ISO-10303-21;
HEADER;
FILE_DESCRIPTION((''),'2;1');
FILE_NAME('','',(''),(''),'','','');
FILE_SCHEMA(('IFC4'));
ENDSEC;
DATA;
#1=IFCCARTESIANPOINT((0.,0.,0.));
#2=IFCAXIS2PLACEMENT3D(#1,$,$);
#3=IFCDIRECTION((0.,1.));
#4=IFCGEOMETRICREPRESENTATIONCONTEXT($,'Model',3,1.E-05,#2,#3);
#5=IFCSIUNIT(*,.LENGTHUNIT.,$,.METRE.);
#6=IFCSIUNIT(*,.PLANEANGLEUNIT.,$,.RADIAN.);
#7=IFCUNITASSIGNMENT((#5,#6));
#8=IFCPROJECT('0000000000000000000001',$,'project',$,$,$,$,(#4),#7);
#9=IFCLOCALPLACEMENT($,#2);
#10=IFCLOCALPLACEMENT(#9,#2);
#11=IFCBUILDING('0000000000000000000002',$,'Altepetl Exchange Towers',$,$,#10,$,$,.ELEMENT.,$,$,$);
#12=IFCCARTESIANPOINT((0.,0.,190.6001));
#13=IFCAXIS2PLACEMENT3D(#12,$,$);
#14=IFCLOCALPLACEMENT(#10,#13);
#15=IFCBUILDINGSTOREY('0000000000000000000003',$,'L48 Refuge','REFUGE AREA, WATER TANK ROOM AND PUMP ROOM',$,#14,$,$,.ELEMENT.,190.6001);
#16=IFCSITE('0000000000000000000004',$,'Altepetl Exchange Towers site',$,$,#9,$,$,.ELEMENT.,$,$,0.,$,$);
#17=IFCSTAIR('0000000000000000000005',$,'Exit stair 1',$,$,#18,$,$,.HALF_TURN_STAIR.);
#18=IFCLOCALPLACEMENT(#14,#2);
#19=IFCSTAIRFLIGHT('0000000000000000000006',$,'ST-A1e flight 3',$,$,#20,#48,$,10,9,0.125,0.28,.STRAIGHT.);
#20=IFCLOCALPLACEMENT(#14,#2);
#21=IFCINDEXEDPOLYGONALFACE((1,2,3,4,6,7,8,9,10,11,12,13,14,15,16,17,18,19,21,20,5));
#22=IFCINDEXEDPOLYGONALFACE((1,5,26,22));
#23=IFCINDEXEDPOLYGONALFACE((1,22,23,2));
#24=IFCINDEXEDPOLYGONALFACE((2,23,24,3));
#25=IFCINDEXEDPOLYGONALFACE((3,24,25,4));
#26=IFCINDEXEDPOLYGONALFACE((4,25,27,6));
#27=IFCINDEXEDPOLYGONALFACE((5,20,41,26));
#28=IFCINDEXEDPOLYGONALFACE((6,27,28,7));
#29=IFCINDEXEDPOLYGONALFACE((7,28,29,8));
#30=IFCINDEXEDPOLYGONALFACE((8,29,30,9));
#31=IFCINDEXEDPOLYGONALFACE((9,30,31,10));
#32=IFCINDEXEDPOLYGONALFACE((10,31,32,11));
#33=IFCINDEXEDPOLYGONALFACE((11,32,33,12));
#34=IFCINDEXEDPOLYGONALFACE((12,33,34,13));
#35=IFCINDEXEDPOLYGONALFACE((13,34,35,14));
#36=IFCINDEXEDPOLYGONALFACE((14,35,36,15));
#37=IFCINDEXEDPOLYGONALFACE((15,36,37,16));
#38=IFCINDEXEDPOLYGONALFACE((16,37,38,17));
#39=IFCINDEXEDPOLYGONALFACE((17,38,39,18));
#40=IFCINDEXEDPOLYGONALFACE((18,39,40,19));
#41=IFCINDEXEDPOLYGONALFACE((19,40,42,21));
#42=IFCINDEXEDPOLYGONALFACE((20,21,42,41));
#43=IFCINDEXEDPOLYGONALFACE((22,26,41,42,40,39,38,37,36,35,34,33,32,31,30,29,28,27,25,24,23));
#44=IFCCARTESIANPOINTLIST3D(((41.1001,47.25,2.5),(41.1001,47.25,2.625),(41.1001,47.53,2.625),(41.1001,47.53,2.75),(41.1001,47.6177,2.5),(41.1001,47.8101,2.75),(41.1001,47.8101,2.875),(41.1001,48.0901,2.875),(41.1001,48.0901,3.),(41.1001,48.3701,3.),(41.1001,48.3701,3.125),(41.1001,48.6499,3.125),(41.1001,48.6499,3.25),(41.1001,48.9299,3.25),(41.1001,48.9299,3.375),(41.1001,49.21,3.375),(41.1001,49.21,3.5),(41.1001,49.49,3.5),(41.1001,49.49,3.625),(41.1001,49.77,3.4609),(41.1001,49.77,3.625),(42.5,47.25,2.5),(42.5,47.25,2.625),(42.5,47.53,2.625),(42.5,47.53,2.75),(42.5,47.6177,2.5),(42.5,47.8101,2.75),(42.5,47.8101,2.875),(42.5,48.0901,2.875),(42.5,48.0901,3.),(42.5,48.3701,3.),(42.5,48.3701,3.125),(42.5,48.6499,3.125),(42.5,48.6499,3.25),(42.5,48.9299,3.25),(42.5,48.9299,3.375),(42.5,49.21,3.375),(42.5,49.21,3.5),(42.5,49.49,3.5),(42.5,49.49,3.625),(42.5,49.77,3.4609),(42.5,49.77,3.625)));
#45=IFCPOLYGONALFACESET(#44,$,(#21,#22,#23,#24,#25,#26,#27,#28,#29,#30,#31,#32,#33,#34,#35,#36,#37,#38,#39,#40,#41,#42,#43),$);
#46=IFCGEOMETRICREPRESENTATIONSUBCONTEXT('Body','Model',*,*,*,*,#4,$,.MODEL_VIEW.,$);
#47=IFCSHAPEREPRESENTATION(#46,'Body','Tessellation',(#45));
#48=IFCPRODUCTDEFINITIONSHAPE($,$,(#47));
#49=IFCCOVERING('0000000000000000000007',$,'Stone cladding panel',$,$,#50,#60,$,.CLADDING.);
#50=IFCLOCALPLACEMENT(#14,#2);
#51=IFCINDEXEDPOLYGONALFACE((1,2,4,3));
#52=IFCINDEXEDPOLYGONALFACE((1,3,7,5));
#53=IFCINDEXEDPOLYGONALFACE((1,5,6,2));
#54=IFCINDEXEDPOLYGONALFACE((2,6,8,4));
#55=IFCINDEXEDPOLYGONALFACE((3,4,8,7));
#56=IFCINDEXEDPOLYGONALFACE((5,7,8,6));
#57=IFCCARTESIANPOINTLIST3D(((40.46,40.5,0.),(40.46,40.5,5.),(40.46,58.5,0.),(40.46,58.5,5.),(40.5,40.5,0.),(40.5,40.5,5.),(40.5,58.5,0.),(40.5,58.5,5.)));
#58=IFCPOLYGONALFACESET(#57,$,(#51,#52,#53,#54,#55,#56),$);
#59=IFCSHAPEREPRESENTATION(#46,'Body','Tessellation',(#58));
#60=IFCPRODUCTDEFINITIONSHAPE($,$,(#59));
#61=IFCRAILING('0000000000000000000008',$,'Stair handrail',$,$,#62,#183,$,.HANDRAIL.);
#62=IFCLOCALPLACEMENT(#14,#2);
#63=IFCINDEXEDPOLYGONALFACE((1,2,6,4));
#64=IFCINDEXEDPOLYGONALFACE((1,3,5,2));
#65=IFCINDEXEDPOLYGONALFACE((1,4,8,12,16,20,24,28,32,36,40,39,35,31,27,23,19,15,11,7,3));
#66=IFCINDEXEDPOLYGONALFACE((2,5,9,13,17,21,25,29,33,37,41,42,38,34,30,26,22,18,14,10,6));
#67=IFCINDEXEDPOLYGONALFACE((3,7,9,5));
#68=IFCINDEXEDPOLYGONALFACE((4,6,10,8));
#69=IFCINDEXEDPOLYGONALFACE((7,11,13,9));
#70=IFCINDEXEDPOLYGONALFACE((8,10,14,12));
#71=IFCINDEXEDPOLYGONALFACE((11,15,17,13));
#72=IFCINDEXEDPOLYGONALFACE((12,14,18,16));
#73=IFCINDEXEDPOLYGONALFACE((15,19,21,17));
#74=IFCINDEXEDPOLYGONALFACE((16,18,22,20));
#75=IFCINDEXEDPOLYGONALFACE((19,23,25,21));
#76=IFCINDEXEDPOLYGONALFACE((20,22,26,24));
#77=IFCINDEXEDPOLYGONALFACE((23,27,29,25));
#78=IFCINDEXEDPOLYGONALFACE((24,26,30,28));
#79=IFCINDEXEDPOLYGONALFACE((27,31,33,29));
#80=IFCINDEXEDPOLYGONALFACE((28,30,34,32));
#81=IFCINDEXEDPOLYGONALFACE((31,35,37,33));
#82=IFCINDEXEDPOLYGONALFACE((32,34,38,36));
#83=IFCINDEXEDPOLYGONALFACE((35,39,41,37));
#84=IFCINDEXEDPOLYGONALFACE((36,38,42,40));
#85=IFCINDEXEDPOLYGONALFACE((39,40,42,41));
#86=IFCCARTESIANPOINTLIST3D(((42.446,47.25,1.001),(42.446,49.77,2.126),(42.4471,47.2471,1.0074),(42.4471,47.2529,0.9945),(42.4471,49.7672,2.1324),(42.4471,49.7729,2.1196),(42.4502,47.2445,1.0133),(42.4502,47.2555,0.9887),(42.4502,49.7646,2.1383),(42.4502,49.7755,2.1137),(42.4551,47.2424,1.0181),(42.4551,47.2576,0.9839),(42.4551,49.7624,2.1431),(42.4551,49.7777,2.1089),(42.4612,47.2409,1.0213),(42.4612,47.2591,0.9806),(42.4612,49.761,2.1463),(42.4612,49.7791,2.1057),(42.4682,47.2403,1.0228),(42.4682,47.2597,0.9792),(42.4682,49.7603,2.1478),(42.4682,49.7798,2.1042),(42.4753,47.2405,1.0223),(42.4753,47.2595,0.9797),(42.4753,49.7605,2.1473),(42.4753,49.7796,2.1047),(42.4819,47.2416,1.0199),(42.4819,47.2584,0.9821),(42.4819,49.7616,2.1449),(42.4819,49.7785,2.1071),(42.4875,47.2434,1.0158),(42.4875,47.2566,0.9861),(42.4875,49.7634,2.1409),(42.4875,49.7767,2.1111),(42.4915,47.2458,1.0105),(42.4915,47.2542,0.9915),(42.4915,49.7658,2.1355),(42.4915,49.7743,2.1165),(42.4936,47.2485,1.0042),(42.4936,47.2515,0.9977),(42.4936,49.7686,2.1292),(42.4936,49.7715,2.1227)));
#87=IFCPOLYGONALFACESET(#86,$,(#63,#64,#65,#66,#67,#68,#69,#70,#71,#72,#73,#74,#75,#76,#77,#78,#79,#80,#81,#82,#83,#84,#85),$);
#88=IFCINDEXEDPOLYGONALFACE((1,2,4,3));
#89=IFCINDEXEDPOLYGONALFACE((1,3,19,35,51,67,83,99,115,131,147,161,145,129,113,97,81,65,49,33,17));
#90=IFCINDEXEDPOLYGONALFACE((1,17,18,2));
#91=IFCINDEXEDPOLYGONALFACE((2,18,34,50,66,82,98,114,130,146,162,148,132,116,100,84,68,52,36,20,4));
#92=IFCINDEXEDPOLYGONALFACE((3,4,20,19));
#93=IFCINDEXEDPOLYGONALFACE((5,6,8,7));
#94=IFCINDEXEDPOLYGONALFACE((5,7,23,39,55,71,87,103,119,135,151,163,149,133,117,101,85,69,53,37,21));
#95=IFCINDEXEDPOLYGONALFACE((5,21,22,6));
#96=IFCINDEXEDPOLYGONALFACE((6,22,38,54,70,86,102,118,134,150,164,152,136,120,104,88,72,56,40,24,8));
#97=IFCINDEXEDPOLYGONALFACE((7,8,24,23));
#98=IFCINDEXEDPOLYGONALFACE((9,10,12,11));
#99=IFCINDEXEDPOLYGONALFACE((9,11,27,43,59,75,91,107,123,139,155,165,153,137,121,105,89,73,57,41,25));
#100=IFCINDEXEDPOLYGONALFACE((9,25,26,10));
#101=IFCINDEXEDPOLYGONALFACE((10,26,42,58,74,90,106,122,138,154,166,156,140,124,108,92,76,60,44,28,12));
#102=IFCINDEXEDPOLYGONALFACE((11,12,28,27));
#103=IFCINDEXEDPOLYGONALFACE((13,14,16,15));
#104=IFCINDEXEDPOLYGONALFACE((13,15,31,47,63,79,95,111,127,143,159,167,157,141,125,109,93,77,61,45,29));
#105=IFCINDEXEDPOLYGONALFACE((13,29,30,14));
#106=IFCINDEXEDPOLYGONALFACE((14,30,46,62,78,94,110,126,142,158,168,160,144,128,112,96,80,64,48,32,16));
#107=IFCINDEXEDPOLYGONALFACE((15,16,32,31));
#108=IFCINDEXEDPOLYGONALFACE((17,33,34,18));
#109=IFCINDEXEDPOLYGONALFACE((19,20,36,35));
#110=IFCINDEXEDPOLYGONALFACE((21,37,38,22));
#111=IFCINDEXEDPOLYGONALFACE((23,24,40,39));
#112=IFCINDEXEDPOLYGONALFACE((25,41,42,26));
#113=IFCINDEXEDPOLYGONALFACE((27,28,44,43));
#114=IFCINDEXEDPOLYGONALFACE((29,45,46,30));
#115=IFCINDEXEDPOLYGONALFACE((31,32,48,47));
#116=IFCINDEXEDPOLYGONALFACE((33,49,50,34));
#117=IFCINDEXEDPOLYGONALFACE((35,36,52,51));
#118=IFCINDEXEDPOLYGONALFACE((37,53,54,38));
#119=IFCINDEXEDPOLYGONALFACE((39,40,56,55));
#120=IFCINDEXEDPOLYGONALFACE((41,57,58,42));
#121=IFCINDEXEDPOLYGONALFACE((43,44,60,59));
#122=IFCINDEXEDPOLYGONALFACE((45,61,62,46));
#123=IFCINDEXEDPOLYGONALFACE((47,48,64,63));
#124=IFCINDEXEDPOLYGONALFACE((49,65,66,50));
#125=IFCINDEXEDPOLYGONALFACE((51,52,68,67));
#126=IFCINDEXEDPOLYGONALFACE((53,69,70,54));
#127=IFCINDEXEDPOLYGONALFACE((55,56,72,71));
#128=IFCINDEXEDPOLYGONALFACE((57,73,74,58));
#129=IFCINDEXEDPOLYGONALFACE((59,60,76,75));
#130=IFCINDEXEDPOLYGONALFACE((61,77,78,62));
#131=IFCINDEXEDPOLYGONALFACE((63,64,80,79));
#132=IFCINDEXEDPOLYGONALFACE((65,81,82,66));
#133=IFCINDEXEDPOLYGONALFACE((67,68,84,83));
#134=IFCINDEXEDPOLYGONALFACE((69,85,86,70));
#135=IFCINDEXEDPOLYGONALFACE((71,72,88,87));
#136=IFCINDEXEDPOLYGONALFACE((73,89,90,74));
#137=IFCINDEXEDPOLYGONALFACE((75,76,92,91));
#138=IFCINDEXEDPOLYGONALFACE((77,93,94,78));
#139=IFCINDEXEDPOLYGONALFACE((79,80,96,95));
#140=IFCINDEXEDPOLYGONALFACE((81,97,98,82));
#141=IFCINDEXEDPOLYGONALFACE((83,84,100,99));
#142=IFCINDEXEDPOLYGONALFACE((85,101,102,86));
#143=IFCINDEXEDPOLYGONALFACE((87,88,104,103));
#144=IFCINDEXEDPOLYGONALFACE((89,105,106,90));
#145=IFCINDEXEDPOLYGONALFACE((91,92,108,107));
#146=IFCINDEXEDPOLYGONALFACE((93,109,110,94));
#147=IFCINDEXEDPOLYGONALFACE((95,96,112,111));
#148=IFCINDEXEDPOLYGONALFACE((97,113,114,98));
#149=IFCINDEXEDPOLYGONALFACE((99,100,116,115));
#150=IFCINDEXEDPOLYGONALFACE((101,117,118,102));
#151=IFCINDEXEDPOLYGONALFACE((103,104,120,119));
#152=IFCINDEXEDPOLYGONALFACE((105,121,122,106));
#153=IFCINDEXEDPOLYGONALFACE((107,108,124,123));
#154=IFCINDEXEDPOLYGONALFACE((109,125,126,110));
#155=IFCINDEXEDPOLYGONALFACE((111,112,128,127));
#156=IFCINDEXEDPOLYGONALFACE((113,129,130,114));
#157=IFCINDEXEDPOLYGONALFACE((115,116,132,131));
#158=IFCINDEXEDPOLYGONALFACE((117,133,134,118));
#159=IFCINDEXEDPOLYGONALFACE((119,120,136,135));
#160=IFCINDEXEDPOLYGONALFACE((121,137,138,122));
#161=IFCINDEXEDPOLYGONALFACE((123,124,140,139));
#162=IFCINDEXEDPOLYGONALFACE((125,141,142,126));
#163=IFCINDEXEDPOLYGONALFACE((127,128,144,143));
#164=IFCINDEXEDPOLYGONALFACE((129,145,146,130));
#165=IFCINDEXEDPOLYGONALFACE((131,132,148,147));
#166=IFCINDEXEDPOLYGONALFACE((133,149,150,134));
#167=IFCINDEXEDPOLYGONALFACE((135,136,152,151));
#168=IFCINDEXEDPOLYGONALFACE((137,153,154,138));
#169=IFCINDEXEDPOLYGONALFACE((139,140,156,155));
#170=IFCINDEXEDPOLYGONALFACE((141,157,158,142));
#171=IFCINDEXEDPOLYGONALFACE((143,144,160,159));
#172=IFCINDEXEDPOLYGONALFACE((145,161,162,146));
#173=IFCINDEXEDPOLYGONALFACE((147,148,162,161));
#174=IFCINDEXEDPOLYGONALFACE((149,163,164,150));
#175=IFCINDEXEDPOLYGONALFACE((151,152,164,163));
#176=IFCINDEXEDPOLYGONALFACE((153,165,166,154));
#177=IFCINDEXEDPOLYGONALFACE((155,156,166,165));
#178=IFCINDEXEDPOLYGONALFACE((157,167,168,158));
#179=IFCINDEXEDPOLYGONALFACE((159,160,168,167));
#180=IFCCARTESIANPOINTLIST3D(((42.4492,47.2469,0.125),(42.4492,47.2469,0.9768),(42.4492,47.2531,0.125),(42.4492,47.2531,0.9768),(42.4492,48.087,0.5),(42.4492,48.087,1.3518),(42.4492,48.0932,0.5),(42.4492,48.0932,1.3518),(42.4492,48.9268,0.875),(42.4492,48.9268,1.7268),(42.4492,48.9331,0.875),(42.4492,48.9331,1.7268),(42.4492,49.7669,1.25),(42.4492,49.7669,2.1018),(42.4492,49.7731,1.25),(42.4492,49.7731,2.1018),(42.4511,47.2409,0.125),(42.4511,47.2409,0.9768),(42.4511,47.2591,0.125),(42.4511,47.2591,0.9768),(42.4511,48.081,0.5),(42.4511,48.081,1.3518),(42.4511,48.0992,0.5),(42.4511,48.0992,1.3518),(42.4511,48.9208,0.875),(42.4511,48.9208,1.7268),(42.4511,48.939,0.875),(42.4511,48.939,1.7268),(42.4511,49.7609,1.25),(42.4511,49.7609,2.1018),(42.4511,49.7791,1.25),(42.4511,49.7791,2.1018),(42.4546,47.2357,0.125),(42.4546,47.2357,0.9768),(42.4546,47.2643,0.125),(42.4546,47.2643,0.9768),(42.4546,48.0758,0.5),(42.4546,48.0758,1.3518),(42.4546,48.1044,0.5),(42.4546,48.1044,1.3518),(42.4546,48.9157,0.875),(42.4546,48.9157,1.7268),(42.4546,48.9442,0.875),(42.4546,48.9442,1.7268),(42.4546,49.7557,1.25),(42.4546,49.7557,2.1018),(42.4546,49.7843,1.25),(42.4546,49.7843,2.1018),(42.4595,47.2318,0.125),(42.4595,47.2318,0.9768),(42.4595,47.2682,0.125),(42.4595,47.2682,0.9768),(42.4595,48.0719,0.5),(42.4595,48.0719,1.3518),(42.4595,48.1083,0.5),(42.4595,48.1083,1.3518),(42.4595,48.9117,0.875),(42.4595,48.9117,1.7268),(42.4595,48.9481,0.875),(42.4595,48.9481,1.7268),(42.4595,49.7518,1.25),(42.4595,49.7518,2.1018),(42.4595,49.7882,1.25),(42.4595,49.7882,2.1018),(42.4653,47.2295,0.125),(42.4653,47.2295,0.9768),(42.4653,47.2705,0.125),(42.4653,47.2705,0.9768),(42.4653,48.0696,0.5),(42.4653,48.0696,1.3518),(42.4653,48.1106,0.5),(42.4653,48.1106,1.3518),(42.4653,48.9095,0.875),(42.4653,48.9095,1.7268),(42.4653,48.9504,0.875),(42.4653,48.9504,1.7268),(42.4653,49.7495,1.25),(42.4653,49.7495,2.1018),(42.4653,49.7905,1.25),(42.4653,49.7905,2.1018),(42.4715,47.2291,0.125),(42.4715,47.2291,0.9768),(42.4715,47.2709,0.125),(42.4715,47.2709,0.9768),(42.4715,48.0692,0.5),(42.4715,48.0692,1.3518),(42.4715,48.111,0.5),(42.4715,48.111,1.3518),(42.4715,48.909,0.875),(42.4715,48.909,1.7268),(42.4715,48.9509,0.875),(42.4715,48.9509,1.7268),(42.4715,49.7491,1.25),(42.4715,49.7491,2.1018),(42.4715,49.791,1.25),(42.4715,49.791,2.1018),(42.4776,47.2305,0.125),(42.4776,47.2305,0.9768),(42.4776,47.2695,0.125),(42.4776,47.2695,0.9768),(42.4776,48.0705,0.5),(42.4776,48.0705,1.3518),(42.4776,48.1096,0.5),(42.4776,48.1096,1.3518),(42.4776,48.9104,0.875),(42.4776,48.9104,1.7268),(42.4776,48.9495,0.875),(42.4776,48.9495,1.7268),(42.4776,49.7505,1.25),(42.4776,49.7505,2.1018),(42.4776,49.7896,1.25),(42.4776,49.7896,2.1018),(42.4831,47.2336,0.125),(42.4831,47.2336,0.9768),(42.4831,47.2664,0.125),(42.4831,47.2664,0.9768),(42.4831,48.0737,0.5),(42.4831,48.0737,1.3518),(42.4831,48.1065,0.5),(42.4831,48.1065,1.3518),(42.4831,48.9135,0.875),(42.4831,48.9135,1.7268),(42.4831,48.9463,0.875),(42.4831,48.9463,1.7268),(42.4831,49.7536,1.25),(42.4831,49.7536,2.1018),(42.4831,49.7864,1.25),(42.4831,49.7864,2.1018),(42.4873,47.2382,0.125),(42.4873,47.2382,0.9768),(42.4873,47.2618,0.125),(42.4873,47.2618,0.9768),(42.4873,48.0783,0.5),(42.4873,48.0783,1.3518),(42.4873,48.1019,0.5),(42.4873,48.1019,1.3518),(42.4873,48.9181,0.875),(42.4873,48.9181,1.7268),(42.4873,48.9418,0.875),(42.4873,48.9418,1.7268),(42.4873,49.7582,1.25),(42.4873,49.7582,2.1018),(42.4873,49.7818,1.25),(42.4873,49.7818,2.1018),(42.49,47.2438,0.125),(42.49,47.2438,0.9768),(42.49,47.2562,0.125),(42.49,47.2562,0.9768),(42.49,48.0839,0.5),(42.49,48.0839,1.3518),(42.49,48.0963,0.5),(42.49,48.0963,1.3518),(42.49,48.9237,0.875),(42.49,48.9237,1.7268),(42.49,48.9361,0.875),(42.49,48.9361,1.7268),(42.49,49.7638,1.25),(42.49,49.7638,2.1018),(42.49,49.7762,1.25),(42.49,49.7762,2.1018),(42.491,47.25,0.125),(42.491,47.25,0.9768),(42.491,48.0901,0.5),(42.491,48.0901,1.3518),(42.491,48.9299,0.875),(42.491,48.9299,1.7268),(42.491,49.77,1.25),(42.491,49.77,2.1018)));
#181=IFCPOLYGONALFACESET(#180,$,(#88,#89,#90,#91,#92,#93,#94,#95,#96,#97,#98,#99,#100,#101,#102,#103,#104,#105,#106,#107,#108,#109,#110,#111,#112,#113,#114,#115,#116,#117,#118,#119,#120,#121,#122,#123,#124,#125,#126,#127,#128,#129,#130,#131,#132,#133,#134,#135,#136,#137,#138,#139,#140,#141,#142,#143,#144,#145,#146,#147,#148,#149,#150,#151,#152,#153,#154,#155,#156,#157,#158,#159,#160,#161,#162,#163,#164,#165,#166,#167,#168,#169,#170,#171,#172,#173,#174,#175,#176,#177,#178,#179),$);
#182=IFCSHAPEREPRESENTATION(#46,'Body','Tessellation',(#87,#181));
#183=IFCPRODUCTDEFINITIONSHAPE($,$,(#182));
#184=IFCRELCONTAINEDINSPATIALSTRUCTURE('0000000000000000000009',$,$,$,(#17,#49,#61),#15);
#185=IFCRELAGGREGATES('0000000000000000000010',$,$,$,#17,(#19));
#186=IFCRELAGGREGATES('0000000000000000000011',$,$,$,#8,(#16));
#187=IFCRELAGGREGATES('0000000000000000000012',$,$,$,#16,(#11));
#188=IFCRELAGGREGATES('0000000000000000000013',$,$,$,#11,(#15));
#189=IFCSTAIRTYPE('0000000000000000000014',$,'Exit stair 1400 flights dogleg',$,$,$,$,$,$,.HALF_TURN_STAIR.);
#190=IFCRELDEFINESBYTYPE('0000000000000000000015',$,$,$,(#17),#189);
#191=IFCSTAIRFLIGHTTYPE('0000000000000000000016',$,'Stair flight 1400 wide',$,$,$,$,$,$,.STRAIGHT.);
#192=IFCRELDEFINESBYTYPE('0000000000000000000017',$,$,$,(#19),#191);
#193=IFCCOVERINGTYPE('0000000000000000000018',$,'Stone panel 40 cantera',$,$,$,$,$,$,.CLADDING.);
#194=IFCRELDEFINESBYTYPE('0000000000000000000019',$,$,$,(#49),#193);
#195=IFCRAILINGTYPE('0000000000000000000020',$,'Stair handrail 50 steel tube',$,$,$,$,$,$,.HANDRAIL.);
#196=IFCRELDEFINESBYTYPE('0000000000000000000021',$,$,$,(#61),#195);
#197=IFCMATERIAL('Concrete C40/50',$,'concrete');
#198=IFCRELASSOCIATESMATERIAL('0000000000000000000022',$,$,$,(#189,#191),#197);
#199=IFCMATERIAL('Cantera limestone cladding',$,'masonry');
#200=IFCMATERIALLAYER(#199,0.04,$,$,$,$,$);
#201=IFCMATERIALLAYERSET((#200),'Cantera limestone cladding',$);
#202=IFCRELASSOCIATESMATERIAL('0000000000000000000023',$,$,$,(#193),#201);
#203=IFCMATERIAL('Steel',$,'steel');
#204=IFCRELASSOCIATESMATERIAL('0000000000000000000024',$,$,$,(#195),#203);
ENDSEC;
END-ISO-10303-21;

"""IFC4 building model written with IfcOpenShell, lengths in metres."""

from ifc_helpers import new_model, si_unit, direction, frame, origin, origin_2d, place, context, subcontext, project, spatial, polyline, rectangle, circle, outline, extrude, source, transform, mapped, material, layer, layer_set, type_object, element, aggregate, save


model = new_model("IFC4")

# Units and contexts
model_context = context("Model", 3, precision=1e-05, world=origin(), true_north=direction((0.0, 1.0)))
body_context = subcontext(model_context, "Body", "Model", "MODEL_VIEW")
ifc_project = project(units=[si_unit("LENGTHUNIT", "METRE"), si_unit("PLANEANGLEUNIT", "RADIAN")], contexts=[model_context])

# Site, building, storey
site_placement = place(None, origin())
site = spatial("IfcSite", under=ifc_project, at=site_placement, Name="Altepetl Exchange Towers site", CompositionType="ELEMENT", RefElevation=0.0)
building_placement = place(site_placement, origin())
building = spatial("IfcBuilding", under=site, at=building_placement, Name="Altepetl Exchange Towers", CompositionType="ELEMENT")
storey_placement = place(building_placement, frame((0.0, 0.0, 190.6001)))
storey = spatial("IfcBuildingStorey", under=building, at=storey_placement, Name="L48 Refuge", Description="REFUGE AREA, WATER TANK ROOM AND PUMP ROOM", CompositionType="ELEMENT", Elevation=190.6001)

# Shared definitions
ifc_material_1 = material(Name="Concrete C40/50", Category="concrete")

# Stair, stair flight
stair_type = type_object("IfcStairType", Name="Exit stair 1400 flights dogleg", PredefinedType="HALF_TURN_STAIR", material=ifc_material_1)
stair_placement = place(storey_placement, origin())
stair = element("IfcStair", 1, at=stair_placement, inside=storey, type_object=stair_type, Name="Exit stair 1", PredefinedType="HALF_TURN_STAIR")
stair_flight_type = type_object("IfcStairFlightType", Name="Stair flight 1400 wide", PredefinedType="STRAIGHT", material=ifc_material_1)
stair_flight_1_placement = place(storey_placement, frame((41.8, 47.25, 2.5), z_axis=(0.0, 0.0, 1.0), x_axis=(0.0, 1.0, 0.0)))
stair_flight_1 = element("IfcStairFlight", 2, at=stair_flight_1_placement, type_object=stair_flight_type, Name="ST-A1e flight 3", NumberOfRisers=10, NumberOfTreads=9, PredefinedType="STRAIGHT", RiserHeight=0.125, TreadLength=0.28, context=body_context, shape_type="SweptSolid", body=[
    extrude(outline(polyline([(0.0, 0.0), (0.0, 0.125), (0.28, 0.125), (0.28, 0.25), (0.5601, 0.25), (0.5601, 0.375), (0.8401, 0.375), (0.8401, 0.5), (1.1201, 0.5), (1.1201, 0.625), (1.3999, 0.625), (1.3999, 0.75), (1.6799, 0.75), (1.6799, 0.875), (1.96, 0.875), (1.96, 1.0), (2.24, 1.0), (2.24, 1.125), (2.52, 1.125), (2.52, 1.25), (2.52, 0.9609), (0.3677, 0.0), (0.0, 0.0)])), frame((0.0, 0.7, 0.0), z_axis=(0.0, -1.0, 0.0), x_axis=(1.0, 0.0, 0.0)), (0.0, 0.0, 1.0), 1.3999),
])
aggregate(stair, [stair_flight_1])

# Covering
ifc_material_2 = material(Name="Cantera limestone cladding", Category="masonry")
ifc_layer_1 = layer(ifc_material_2, 0.04)
ifc_layer_set_1 = layer_set([ifc_layer_1], Name="Cantera limestone cladding")
covering_type = type_object("IfcCoveringType", Name="Stone panel 40 cantera", PredefinedType="CLADDING", material=ifc_layer_set_1)
covering_placement = place(storey_placement, frame((40.48, 49.5, 0.0), z_axis=(0.0, 0.0, 1.0), x_axis=(0.0, -1.0, 0.0)))
element("IfcCovering", 3, at=covering_placement, inside=storey, type_object=covering_type, Name="Stone cladding panel", PredefinedType="CLADDING", context=body_context, shape_type="SweptSolid", body=[
    extrude(rectangle(XDim=18.0, YDim=0.04, at=origin_2d()), origin(), (0.0, 0.0, 1.0), 5.0),
])

# Railing
ifc_material_3 = material(Name="Steel", Category="steel")
railing_type = type_object("IfcRailingType", Name="Stair handrail 50 steel tube", PredefinedType="HANDRAIL", material=ifc_material_3)
shared_shape = source(origin(), body_context, "Body", "SweptSolid", [
    extrude(circle(Radius=0.021, at=origin_2d()), origin(), (0.0, 0.0, 1.0), 0.8518),
])
for number, where, name in (
    (4, (42.47, 47.25, 0.125), "Stair handrail"),
):
    element("IfcRailing", number, at=place(storey_placement, frame(where)), inside=storey, type_object=railing_type, Name=name, PredefinedType="HANDRAIL", context=body_context, shape_type="SweptSolid", body=[
        extrude(circle(Radius=0.0239, at=origin_2d()), frame((0.0, 0.0, 0.876), z_axis=(0.0, 0.913139, 0.407648), x_axis=(-1.0, 0.0, 0.0)), (0.0, 0.0, 1.0), 2.7598),
        mapped(shared_shape, transform((0.0, 0.0, 0.0))),
        mapped(shared_shape, transform((0.0, 0.8401, 0.375))),
        mapped(shared_shape, transform((0.0, 1.6799, 0.75))),
        mapped(shared_shape, transform((0.0, 2.52, 1.125))),
    ])

save(model, "model.ifc")
